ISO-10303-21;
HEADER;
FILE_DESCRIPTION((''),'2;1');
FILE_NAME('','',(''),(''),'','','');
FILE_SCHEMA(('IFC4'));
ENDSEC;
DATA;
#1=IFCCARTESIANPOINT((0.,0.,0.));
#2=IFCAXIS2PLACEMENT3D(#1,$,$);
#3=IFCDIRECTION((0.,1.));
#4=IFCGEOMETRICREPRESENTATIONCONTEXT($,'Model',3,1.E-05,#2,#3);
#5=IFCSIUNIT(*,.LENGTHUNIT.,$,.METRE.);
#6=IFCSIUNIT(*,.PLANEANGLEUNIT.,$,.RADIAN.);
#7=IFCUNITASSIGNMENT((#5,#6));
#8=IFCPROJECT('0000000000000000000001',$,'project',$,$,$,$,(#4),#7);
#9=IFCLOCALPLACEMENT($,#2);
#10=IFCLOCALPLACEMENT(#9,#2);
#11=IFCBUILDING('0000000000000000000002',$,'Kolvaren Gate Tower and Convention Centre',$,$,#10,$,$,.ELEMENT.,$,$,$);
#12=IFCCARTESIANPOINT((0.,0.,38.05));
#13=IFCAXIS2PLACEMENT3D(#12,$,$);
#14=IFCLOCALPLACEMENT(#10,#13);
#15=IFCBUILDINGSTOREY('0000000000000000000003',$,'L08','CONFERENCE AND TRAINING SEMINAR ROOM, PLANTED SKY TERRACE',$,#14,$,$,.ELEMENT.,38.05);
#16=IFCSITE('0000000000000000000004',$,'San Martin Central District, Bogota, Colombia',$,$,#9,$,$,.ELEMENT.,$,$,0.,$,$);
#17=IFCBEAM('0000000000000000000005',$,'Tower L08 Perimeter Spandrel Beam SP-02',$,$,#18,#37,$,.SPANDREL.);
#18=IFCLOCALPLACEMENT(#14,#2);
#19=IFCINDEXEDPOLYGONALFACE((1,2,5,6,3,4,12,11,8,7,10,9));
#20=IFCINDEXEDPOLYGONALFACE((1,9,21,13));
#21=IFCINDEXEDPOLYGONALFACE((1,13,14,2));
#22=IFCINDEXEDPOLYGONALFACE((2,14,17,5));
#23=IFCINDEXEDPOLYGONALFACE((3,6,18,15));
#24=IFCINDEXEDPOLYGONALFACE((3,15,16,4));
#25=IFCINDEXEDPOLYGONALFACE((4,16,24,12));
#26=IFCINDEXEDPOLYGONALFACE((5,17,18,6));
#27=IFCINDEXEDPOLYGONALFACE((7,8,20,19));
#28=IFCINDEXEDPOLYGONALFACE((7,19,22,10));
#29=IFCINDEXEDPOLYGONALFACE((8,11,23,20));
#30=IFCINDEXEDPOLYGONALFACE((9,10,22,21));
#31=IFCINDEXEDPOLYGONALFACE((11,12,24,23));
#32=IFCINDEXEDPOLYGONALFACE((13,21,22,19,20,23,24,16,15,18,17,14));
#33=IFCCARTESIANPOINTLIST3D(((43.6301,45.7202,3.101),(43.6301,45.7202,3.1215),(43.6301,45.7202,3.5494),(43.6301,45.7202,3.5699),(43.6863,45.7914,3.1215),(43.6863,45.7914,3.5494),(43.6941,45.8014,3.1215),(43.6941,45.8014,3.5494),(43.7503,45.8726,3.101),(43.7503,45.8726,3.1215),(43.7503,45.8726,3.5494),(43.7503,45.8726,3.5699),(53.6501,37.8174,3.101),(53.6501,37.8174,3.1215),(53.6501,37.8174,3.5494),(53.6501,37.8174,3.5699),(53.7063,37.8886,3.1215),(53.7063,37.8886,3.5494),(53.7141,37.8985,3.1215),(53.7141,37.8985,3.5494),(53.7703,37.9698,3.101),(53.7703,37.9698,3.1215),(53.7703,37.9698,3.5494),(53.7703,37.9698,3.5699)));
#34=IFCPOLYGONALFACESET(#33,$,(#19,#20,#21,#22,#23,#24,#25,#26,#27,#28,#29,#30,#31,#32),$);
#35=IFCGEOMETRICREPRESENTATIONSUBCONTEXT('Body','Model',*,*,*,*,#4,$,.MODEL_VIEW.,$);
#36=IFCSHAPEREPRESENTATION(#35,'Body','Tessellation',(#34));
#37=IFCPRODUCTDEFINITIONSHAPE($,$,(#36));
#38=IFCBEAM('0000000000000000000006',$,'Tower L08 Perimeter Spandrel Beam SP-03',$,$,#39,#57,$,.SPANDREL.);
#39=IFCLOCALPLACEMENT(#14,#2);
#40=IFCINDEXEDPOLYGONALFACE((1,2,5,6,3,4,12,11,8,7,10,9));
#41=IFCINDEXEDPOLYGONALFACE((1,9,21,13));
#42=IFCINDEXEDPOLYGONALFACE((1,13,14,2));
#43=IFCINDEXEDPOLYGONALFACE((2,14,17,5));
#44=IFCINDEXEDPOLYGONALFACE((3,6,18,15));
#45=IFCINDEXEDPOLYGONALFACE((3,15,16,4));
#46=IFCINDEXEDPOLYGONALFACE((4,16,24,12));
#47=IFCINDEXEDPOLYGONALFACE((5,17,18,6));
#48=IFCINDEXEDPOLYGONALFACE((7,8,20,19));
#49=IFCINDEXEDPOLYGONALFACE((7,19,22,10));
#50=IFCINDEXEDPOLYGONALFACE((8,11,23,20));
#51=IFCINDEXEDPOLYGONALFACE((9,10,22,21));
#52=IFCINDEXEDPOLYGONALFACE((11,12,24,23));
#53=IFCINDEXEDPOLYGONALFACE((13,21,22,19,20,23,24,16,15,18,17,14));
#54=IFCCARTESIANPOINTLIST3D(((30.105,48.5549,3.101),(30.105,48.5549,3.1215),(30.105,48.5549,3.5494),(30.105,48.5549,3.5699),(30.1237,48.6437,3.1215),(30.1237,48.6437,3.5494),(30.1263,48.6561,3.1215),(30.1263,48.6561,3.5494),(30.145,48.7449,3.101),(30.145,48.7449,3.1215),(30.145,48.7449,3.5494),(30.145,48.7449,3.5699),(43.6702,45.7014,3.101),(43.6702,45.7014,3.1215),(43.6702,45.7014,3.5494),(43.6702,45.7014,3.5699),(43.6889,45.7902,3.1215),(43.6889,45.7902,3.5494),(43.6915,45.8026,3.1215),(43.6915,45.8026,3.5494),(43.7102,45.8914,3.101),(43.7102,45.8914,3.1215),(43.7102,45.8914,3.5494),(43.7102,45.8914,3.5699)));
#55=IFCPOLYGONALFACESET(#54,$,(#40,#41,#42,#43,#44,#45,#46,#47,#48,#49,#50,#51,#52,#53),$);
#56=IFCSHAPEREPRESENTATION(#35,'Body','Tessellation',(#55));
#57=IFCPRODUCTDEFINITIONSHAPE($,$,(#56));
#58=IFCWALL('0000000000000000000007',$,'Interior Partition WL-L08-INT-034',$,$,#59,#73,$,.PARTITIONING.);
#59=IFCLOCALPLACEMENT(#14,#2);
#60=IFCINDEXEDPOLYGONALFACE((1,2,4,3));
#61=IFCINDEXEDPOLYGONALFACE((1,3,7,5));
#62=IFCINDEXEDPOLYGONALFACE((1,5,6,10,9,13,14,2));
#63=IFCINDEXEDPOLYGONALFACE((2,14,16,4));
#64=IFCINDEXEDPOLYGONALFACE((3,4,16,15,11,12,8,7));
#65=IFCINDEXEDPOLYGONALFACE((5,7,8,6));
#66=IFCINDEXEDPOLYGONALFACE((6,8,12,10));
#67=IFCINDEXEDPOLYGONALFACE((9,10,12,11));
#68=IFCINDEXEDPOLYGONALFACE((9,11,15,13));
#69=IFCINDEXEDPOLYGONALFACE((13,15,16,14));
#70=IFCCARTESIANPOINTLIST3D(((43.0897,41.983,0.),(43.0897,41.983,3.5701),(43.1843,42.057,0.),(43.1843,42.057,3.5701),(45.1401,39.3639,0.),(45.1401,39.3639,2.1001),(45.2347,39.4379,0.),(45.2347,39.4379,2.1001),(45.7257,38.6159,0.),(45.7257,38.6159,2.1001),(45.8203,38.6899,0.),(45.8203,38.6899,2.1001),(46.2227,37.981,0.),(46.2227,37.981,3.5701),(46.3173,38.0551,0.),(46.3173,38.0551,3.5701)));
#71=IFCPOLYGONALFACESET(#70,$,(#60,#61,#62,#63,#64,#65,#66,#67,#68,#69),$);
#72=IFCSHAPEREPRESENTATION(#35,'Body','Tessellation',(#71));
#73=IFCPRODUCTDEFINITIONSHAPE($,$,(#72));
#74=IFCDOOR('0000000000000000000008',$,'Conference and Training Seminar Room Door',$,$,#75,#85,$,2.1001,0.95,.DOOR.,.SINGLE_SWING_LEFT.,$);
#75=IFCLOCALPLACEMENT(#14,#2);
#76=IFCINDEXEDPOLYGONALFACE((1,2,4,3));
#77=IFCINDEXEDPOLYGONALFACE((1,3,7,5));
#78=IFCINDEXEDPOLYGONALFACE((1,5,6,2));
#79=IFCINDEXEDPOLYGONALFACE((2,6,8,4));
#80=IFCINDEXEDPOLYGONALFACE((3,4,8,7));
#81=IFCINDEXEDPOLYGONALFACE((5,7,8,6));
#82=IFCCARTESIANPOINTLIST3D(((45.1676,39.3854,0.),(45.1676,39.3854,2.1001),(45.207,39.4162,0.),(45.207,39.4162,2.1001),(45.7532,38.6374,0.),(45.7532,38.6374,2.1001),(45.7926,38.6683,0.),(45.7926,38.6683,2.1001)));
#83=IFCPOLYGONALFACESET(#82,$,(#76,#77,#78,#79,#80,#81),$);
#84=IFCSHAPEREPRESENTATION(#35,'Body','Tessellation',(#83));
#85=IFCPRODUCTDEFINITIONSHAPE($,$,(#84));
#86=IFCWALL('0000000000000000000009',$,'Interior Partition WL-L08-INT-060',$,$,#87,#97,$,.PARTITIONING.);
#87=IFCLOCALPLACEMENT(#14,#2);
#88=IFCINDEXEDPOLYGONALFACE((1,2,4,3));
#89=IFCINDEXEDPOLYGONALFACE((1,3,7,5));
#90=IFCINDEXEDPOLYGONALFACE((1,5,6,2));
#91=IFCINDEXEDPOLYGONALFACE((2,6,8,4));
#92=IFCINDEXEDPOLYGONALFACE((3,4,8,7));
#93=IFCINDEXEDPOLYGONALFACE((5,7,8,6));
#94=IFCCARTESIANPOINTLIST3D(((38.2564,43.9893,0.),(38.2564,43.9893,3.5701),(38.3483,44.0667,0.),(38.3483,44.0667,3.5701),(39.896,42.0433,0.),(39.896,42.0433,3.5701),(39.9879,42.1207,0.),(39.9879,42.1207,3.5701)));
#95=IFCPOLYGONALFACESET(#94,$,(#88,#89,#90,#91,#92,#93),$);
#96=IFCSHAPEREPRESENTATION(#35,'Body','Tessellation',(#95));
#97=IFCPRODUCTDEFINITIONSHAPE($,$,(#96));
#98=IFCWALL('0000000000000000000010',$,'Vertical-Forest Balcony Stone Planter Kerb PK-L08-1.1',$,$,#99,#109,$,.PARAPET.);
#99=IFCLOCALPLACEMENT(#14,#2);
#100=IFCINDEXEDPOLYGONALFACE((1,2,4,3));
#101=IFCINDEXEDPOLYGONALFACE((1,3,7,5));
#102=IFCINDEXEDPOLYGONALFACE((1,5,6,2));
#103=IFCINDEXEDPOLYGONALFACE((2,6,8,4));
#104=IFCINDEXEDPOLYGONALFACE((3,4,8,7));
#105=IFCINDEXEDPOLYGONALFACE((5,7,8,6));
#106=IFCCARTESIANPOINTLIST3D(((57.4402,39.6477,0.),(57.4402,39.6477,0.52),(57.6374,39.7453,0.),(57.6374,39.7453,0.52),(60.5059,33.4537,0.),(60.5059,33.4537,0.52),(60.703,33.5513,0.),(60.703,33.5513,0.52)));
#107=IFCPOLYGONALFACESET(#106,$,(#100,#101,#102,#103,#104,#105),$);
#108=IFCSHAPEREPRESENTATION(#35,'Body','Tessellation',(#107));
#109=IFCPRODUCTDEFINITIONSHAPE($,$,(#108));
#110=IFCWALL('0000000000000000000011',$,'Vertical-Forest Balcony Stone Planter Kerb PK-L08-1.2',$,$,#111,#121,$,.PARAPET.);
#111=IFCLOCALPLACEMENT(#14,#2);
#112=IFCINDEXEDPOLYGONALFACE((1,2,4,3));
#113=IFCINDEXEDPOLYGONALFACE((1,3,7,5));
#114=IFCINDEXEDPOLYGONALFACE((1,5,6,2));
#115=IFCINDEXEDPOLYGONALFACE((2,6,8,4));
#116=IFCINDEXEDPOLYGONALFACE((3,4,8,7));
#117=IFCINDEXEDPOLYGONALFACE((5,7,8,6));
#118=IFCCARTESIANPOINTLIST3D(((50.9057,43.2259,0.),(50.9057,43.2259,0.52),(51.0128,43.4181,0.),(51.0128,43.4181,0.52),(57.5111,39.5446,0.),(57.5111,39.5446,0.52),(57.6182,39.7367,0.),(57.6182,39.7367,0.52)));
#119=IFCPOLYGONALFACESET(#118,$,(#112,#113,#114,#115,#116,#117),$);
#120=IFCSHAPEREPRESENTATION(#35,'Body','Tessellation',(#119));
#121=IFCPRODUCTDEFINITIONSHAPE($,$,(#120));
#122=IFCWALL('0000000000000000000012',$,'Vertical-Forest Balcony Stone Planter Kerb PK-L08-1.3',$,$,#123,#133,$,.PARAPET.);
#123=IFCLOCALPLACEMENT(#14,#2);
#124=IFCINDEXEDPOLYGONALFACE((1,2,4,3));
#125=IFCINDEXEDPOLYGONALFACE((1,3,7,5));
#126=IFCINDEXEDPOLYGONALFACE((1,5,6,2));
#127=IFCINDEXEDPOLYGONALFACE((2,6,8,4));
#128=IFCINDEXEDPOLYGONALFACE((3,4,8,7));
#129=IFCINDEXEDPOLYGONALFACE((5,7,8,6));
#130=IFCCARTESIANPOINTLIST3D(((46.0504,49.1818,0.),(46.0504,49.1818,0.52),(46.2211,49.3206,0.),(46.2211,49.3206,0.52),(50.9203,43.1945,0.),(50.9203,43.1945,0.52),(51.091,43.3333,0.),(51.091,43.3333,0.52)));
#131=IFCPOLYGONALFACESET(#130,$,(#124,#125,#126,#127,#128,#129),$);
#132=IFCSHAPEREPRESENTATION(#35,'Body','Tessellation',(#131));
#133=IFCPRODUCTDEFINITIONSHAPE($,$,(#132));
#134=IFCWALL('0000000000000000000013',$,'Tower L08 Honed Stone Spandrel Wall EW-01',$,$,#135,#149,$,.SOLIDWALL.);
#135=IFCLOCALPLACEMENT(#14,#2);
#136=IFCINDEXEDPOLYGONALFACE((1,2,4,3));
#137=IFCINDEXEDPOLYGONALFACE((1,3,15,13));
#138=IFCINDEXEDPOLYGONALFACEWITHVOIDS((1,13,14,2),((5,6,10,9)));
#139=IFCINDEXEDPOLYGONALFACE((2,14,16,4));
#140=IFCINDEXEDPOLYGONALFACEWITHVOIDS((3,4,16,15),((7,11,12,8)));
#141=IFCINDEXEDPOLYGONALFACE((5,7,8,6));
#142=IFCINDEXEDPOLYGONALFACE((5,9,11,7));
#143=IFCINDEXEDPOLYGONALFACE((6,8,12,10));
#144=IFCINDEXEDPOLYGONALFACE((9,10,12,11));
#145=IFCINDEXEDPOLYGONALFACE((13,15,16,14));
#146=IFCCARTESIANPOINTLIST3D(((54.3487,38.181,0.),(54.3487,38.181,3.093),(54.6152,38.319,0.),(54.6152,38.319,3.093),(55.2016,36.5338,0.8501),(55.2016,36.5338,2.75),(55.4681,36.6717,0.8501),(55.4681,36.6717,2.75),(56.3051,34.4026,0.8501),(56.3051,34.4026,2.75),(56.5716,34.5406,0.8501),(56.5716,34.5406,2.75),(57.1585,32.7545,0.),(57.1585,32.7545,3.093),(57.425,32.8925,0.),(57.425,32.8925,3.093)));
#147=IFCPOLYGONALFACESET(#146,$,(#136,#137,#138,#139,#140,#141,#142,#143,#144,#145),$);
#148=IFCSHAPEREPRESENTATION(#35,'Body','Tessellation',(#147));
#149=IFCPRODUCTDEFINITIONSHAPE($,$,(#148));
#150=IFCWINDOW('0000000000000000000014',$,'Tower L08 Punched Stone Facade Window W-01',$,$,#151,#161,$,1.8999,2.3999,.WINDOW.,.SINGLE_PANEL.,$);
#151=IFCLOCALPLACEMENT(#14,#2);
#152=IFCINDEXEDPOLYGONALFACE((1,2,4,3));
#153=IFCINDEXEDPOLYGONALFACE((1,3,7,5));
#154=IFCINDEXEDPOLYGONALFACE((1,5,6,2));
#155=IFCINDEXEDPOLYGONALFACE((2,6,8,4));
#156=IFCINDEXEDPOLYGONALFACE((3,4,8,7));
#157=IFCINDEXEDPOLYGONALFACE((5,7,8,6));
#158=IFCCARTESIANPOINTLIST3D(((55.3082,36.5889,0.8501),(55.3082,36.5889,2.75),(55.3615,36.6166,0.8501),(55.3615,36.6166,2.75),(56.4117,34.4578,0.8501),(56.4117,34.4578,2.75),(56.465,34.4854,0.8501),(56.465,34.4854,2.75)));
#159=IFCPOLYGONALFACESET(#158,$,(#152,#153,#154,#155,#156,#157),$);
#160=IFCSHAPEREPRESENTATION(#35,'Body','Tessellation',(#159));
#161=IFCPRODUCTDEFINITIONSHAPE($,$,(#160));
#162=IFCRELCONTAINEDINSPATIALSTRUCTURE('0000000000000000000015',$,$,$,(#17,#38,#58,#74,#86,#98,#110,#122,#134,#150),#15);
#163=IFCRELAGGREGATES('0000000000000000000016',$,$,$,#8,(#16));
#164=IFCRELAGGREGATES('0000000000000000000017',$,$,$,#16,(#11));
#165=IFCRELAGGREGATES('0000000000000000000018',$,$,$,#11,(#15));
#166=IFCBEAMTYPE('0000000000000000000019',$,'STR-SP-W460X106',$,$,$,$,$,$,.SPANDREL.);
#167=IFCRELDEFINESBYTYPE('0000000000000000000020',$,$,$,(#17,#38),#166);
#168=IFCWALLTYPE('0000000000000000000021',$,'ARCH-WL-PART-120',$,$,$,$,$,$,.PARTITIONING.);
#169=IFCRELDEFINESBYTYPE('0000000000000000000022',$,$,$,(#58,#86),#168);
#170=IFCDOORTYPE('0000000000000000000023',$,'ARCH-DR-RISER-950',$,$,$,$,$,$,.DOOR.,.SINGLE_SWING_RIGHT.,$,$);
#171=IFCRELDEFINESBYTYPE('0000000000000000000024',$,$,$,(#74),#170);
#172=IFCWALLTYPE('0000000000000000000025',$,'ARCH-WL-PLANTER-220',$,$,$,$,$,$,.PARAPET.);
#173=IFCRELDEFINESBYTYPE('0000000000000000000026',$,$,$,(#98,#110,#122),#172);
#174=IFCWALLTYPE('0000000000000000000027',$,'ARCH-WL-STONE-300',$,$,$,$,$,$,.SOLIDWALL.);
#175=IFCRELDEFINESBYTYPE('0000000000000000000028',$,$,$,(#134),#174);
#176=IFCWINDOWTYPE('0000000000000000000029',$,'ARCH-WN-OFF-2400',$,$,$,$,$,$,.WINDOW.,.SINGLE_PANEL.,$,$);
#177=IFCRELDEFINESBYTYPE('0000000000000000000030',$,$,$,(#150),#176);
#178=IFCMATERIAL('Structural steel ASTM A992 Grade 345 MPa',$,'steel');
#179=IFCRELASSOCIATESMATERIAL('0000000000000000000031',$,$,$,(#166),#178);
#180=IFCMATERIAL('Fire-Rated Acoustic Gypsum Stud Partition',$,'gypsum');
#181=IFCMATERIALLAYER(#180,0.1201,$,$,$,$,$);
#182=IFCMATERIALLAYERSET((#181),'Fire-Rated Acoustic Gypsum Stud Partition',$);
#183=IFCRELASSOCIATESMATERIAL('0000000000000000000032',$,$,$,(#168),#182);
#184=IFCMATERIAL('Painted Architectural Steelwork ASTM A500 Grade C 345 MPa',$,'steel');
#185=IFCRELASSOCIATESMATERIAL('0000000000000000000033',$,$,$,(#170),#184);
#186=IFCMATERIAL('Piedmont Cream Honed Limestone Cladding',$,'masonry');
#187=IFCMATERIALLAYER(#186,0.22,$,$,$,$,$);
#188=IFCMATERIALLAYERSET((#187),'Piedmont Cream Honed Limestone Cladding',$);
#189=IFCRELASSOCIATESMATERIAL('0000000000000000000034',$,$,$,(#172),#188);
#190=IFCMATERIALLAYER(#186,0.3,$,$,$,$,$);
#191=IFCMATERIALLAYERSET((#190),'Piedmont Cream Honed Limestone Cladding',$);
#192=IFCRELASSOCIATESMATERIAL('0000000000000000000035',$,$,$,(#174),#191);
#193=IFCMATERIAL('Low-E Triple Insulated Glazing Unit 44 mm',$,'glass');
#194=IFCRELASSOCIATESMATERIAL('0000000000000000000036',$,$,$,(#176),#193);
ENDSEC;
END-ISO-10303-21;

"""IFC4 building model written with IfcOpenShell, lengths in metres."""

from ifc_helpers import new_model, si_unit, direction, frame, frame_2d, origin, origin_2d, place, context, subcontext, project, spatial, rectangle, i_section, extrude, material, layer, layer_set, material_profile, profile_set, type_object, element, fill, save


model = new_model("IFC4")

# Units and contexts
model_context = context("Model", 3, precision=1e-05, world=origin(), true_north=direction((0.0, 1.0)))
body_context = subcontext(model_context, "Body", "Model", "MODEL_VIEW")
ifc_project = project(units=[si_unit("LENGTHUNIT", "METRE"), si_unit("PLANEANGLEUNIT", "RADIAN")], contexts=[model_context])

# Site, building, storey
site_placement = place(None, origin())
site = spatial("IfcSite", under=ifc_project, at=site_placement, Name="San Martin Central District, Bogota, Colombia", CompositionType="ELEMENT", RefElevation=0.0)
building_placement = place(site_placement, origin())
building = spatial("IfcBuilding", under=site, at=building_placement, Name="Kolvaren Gate Tower and Convention Centre", CompositionType="ELEMENT")
storey_placement = place(building_placement, frame((0.0, 0.0, 38.05)))
storey = spatial("IfcBuildingStorey", under=building, at=storey_placement, Name="L08", Description="CONFERENCE AND TRAINING SEMINAR ROOM, PLANTED SKY TERRACE", CompositionType="ELEMENT", Elevation=38.05)

# Beams
ifc_material_1 = material(Name="Structural steel ASTM A992 Grade 345 MPa", Category="steel")
ifc_material_profile_1 = material_profile(ifc_material_1, i_section(OverallWidth=0.1941, OverallDepth=0.469, WebThickness=0.0127, FlangeThickness=0.0205, at=origin_2d()), Name="W460X106")
ifc_profile_set_1 = profile_set([ifc_material_profile_1], Name="Structural steel ASTM A992 Grade 345 MPa")
beam_type_1 = type_object("IfcBeamType", Name="STR-SP-W460X106", PredefinedType="SPANDREL", material=ifc_profile_set_1)
beam_1_placement = place(storey_placement, frame((53.7102, 37.8936, 3.3354), z_axis=(-0.785176, 0.619272, 0.0), x_axis=(-0.619272, -0.785176, 0.0)))
element("IfcBeam", 1, at=beam_1_placement, inside=storey, type_object=beam_type_1, Name="Tower L08 Perimeter Spandrel Beam SP-02", PredefinedType="SPANDREL", context=body_context, shape_type="SweptSolid", body=[
    extrude(i_section(OverallWidth=0.1941, OverallDepth=0.469, WebThickness=0.0127, FlangeThickness=0.0205, at=origin_2d()), origin(), (0.0, 0.0, 1.0), 12.7615),
])
beam_2_placement = place(storey_placement, frame((43.6902, 45.7964, 3.3354), z_axis=(-0.978583, 0.205851, 0.0), x_axis=(-0.205851, -0.978583, 0.0)))
element("IfcBeam", 2, at=beam_2_placement, inside=storey, type_object=beam_type_1, Name="Tower L08 Perimeter Spandrel Beam SP-03", PredefinedType="SPANDREL", context=body_context, shape_type="SweptSolid", body=[
    extrude(i_section(OverallWidth=0.1941, OverallDepth=0.469, WebThickness=0.0127, FlangeThickness=0.0205, at=origin_2d()), origin(), (0.0, 0.0, 1.0), 13.8621),
])

# Wall, opening, door
ifc_material_2 = material(Name="Fire-Rated Acoustic Gypsum Stud Partition", Category="gypsum")
ifc_layer_1 = layer(ifc_material_2, 0.1201)
ifc_layer_set_1 = layer_set([ifc_layer_1], Name="Fire-Rated Acoustic Gypsum Stud Partition")
wall_type_1 = type_object("IfcWallType", Name="ARCH-WL-PART-120", PredefinedType="PARTITIONING", material=ifc_layer_set_1)
wall_1_placement = place(storey_placement, frame((43.137, 42.02, 0.0), z_axis=(0.0, 0.0, 1.0), x_axis=(0.616442, -0.787401, 0.0)))
wall_1 = element("IfcWall", 3, at=wall_1_placement, inside=storey, type_object=wall_type_1, Name="Interior Partition WL-L08-INT-034", PredefinedType="PARTITIONING", context=body_context, shape_type="SweptSolid", body=[
    extrude(rectangle(XDim=5.0825, YDim=0.1201, at=frame_2d((2.5413, 0.0))), origin(), (0.0, 0.0, 1.0), 3.5701),
])
opening_1_placement = place(wall_1_placement, frame((3.3262, 0.0, 0.0)))
opening_1 = element("IfcOpeningElement", 4, at=opening_1_placement, cuts=wall_1, PredefinedType="OPENING", context=body_context, shape_type="SweptSolid", body=[
    extrude(rectangle(XDim=0.95, YDim=2.1001, at=frame_2d((0.4751, 1.05))), frame((0.0, 0.0701, 0.0), z_axis=(0.0, -1.0, 0.0), x_axis=(1.0, 0.0, 0.0)), (0.0, 0.0, 1.0), 0.1401),
])
ifc_material_3 = material(Name="Painted Architectural Steelwork ASTM A500 Grade C 345 MPa", Category="steel")
door_type_1 = type_object("IfcDoorType", Name="ARCH-DR-RISER-950", OperationType="SINGLE_SWING_RIGHT", PredefinedType="DOOR", material=ifc_material_3)
door_1_placement = place(opening_1_placement, origin())
door_1 = element("IfcDoor", 5, at=door_1_placement, inside=storey, type_object=door_type_1, Name="Conference and Training Seminar Room Door", OperationType="SINGLE_SWING_LEFT", OverallHeight=2.1001, OverallWidth=0.95, PredefinedType="DOOR", context=body_context, shape_type="SweptSolid", body=[
    extrude(rectangle(XDim=0.95, YDim=2.1001, at=frame_2d((0.4751, 1.05))), frame((0.0, 0.0249, 0.0), z_axis=(0.0, -1.0, 0.0), x_axis=(1.0, 0.0, 0.0)), (0.0, 0.0, 1.0), 0.05),
])
fill(opening_1, door_1)

# Walls
wall_2_placement = place(storey_placement, frame((38.3022, 44.0281, 0.0), z_axis=(0.0, 0.0, 1.0), x_axis=(0.644337, -0.764742, 0.0)))
element("IfcWall", 6, at=wall_2_placement, inside=storey, type_object=wall_type_1, Name="Interior Partition WL-L08-INT-060", PredefinedType="PARTITIONING", context=body_context, shape_type="SweptSolid", body=[
    extrude(rectangle(XDim=2.5447, YDim=0.1201, at=frame_2d((1.2725, 0.0))), origin(), (0.0, 0.0, 1.0), 3.5701),
])
ifc_material_4 = material(Name="Piedmont Cream Honed Limestone Cladding", Category="masonry")
ifc_layer_2 = layer(ifc_material_4, 0.22)
ifc_layer_set_2 = layer_set([ifc_layer_2], Name="Piedmont Cream Honed Limestone Cladding")
wall_type_2 = type_object("IfcWallType", Name="ARCH-WL-PLANTER-220", PredefinedType="PARAPET", material=ifc_layer_set_2)
wall_3_placement = place(storey_placement, frame((57.5388, 39.6965, 0.0), z_axis=(0.0, 0.0, 1.0), x_axis=(0.443578, -0.896236, 0.0)))
element("IfcWall", 7, at=wall_3_placement, inside=storey, type_object=wall_type_2, Name="Vertical-Forest Balcony Stone Planter Kerb PK-L08-1.1", PredefinedType="PARAPET", context=body_context, shape_type="SweptSolid", body=[
    extrude(rectangle(XDim=6.9111, YDim=0.22, at=frame_2d((3.4556, 0.0))), origin(), (0.0, 0.0, 1.0), 0.52),
])
wall_4_placement = place(storey_placement, frame((50.9592, 43.322, 0.0), z_axis=(0.0, 0.0, 1.0), x_axis=(0.8735, -0.486824, 0.0)))
element("IfcWall", 8, at=wall_4_placement, inside=storey, type_object=wall_type_2, Name="Vertical-Forest Balcony Stone Planter Kerb PK-L08-1.2", PredefinedType="PARAPET", context=body_context, shape_type="SweptSolid", body=[
    extrude(rectangle(XDim=7.562, YDim=0.22, at=frame_2d((3.781, 0.0))), origin(), (0.0, 0.0, 1.0), 0.52),
])
wall_5_placement = place(storey_placement, frame((46.1357, 49.2512, 0.0), z_axis=(0.0, 0.0, 1.0), x_axis=(0.630997, -0.775785, 0.0)))
element("IfcWall", 9, at=wall_5_placement, inside=storey, type_object=wall_type_2, Name="Vertical-Forest Balcony Stone Planter Kerb PK-L08-1.3", PredefinedType="PARAPET", context=body_context, shape_type="SweptSolid", body=[
    extrude(rectangle(XDim=7.7178, YDim=0.22, at=frame_2d((3.8589, 0.0))), origin(), (0.0, 0.0, 1.0), 0.52),
])

# Wall, opening, window
ifc_layer_3 = layer(ifc_material_4, 0.3)
ifc_layer_set_3 = layer_set([ifc_layer_3], Name="Piedmont Cream Honed Limestone Cladding")
wall_type_3 = type_object("IfcWallType", Name="ARCH-WL-STONE-300", PredefinedType="SOLIDWALL", material=ifc_layer_set_3)
wall_6_placement = place(storey_placement, frame((54.4819, 38.25, 0.0), z_axis=(0.0, 0.0, 1.0), x_axis=(0.45981, -0.888017, 0.0)))
wall_6 = element("IfcWall", 10, at=wall_6_placement, inside=storey, type_object=wall_type_3, Name="Tower L08 Honed Stone Spandrel Wall EW-01", PredefinedType="SOLIDWALL", context=body_context, shape_type="SweptSolid", body=[
    extrude(rectangle(XDim=6.1108, YDim=0.3, at=frame_2d((3.0554, 0.0))), origin(), (0.0, 0.0, 1.0), 3.093),
])
opening_2_placement = place(wall_6_placement, frame((1.855, 0.0, 0.8501)))
opening_2 = element("IfcOpeningElement", 11, at=opening_2_placement, cuts=wall_6, PredefinedType="OPENING", context=body_context, shape_type="SweptSolid", body=[
    extrude(rectangle(XDim=2.3999, YDim=1.8999, at=frame_2d((1.2, 0.95))), frame((0.0, 0.1599, 0.0), z_axis=(0.0, -1.0, 0.0), x_axis=(1.0, 0.0, 0.0)), (0.0, 0.0, 1.0), 0.3201),
])
ifc_material_5 = material(Name="Low-E Triple Insulated Glazing Unit 44 mm", Category="glass")
window_type = type_object("IfcWindowType", Name="ARCH-WN-OFF-2400", PartitioningType="SINGLE_PANEL", PredefinedType="WINDOW", material=ifc_material_5)
window_1_placement = place(opening_2_placement, origin())
window_1 = element("IfcWindow", 12, at=window_1_placement, inside=storey, type_object=window_type, Name="Tower L08 Punched Stone Facade Window W-01", OverallHeight=1.8999, OverallWidth=2.3999, PartitioningType="SINGLE_PANEL", PredefinedType="WINDOW", context=body_context, shape_type="SweptSolid", body=[
    extrude(rectangle(XDim=2.3999, YDim=1.8999, at=frame_2d((1.2, 0.95))), frame((0.0, 0.03, 0.0), z_axis=(0.0, -1.0, 0.0), x_axis=(1.0, 0.0, 0.0)), (0.0, 0.0, 1.0), 0.0601),
])
fill(opening_2, window_1)

save(model, "model.ifc")
